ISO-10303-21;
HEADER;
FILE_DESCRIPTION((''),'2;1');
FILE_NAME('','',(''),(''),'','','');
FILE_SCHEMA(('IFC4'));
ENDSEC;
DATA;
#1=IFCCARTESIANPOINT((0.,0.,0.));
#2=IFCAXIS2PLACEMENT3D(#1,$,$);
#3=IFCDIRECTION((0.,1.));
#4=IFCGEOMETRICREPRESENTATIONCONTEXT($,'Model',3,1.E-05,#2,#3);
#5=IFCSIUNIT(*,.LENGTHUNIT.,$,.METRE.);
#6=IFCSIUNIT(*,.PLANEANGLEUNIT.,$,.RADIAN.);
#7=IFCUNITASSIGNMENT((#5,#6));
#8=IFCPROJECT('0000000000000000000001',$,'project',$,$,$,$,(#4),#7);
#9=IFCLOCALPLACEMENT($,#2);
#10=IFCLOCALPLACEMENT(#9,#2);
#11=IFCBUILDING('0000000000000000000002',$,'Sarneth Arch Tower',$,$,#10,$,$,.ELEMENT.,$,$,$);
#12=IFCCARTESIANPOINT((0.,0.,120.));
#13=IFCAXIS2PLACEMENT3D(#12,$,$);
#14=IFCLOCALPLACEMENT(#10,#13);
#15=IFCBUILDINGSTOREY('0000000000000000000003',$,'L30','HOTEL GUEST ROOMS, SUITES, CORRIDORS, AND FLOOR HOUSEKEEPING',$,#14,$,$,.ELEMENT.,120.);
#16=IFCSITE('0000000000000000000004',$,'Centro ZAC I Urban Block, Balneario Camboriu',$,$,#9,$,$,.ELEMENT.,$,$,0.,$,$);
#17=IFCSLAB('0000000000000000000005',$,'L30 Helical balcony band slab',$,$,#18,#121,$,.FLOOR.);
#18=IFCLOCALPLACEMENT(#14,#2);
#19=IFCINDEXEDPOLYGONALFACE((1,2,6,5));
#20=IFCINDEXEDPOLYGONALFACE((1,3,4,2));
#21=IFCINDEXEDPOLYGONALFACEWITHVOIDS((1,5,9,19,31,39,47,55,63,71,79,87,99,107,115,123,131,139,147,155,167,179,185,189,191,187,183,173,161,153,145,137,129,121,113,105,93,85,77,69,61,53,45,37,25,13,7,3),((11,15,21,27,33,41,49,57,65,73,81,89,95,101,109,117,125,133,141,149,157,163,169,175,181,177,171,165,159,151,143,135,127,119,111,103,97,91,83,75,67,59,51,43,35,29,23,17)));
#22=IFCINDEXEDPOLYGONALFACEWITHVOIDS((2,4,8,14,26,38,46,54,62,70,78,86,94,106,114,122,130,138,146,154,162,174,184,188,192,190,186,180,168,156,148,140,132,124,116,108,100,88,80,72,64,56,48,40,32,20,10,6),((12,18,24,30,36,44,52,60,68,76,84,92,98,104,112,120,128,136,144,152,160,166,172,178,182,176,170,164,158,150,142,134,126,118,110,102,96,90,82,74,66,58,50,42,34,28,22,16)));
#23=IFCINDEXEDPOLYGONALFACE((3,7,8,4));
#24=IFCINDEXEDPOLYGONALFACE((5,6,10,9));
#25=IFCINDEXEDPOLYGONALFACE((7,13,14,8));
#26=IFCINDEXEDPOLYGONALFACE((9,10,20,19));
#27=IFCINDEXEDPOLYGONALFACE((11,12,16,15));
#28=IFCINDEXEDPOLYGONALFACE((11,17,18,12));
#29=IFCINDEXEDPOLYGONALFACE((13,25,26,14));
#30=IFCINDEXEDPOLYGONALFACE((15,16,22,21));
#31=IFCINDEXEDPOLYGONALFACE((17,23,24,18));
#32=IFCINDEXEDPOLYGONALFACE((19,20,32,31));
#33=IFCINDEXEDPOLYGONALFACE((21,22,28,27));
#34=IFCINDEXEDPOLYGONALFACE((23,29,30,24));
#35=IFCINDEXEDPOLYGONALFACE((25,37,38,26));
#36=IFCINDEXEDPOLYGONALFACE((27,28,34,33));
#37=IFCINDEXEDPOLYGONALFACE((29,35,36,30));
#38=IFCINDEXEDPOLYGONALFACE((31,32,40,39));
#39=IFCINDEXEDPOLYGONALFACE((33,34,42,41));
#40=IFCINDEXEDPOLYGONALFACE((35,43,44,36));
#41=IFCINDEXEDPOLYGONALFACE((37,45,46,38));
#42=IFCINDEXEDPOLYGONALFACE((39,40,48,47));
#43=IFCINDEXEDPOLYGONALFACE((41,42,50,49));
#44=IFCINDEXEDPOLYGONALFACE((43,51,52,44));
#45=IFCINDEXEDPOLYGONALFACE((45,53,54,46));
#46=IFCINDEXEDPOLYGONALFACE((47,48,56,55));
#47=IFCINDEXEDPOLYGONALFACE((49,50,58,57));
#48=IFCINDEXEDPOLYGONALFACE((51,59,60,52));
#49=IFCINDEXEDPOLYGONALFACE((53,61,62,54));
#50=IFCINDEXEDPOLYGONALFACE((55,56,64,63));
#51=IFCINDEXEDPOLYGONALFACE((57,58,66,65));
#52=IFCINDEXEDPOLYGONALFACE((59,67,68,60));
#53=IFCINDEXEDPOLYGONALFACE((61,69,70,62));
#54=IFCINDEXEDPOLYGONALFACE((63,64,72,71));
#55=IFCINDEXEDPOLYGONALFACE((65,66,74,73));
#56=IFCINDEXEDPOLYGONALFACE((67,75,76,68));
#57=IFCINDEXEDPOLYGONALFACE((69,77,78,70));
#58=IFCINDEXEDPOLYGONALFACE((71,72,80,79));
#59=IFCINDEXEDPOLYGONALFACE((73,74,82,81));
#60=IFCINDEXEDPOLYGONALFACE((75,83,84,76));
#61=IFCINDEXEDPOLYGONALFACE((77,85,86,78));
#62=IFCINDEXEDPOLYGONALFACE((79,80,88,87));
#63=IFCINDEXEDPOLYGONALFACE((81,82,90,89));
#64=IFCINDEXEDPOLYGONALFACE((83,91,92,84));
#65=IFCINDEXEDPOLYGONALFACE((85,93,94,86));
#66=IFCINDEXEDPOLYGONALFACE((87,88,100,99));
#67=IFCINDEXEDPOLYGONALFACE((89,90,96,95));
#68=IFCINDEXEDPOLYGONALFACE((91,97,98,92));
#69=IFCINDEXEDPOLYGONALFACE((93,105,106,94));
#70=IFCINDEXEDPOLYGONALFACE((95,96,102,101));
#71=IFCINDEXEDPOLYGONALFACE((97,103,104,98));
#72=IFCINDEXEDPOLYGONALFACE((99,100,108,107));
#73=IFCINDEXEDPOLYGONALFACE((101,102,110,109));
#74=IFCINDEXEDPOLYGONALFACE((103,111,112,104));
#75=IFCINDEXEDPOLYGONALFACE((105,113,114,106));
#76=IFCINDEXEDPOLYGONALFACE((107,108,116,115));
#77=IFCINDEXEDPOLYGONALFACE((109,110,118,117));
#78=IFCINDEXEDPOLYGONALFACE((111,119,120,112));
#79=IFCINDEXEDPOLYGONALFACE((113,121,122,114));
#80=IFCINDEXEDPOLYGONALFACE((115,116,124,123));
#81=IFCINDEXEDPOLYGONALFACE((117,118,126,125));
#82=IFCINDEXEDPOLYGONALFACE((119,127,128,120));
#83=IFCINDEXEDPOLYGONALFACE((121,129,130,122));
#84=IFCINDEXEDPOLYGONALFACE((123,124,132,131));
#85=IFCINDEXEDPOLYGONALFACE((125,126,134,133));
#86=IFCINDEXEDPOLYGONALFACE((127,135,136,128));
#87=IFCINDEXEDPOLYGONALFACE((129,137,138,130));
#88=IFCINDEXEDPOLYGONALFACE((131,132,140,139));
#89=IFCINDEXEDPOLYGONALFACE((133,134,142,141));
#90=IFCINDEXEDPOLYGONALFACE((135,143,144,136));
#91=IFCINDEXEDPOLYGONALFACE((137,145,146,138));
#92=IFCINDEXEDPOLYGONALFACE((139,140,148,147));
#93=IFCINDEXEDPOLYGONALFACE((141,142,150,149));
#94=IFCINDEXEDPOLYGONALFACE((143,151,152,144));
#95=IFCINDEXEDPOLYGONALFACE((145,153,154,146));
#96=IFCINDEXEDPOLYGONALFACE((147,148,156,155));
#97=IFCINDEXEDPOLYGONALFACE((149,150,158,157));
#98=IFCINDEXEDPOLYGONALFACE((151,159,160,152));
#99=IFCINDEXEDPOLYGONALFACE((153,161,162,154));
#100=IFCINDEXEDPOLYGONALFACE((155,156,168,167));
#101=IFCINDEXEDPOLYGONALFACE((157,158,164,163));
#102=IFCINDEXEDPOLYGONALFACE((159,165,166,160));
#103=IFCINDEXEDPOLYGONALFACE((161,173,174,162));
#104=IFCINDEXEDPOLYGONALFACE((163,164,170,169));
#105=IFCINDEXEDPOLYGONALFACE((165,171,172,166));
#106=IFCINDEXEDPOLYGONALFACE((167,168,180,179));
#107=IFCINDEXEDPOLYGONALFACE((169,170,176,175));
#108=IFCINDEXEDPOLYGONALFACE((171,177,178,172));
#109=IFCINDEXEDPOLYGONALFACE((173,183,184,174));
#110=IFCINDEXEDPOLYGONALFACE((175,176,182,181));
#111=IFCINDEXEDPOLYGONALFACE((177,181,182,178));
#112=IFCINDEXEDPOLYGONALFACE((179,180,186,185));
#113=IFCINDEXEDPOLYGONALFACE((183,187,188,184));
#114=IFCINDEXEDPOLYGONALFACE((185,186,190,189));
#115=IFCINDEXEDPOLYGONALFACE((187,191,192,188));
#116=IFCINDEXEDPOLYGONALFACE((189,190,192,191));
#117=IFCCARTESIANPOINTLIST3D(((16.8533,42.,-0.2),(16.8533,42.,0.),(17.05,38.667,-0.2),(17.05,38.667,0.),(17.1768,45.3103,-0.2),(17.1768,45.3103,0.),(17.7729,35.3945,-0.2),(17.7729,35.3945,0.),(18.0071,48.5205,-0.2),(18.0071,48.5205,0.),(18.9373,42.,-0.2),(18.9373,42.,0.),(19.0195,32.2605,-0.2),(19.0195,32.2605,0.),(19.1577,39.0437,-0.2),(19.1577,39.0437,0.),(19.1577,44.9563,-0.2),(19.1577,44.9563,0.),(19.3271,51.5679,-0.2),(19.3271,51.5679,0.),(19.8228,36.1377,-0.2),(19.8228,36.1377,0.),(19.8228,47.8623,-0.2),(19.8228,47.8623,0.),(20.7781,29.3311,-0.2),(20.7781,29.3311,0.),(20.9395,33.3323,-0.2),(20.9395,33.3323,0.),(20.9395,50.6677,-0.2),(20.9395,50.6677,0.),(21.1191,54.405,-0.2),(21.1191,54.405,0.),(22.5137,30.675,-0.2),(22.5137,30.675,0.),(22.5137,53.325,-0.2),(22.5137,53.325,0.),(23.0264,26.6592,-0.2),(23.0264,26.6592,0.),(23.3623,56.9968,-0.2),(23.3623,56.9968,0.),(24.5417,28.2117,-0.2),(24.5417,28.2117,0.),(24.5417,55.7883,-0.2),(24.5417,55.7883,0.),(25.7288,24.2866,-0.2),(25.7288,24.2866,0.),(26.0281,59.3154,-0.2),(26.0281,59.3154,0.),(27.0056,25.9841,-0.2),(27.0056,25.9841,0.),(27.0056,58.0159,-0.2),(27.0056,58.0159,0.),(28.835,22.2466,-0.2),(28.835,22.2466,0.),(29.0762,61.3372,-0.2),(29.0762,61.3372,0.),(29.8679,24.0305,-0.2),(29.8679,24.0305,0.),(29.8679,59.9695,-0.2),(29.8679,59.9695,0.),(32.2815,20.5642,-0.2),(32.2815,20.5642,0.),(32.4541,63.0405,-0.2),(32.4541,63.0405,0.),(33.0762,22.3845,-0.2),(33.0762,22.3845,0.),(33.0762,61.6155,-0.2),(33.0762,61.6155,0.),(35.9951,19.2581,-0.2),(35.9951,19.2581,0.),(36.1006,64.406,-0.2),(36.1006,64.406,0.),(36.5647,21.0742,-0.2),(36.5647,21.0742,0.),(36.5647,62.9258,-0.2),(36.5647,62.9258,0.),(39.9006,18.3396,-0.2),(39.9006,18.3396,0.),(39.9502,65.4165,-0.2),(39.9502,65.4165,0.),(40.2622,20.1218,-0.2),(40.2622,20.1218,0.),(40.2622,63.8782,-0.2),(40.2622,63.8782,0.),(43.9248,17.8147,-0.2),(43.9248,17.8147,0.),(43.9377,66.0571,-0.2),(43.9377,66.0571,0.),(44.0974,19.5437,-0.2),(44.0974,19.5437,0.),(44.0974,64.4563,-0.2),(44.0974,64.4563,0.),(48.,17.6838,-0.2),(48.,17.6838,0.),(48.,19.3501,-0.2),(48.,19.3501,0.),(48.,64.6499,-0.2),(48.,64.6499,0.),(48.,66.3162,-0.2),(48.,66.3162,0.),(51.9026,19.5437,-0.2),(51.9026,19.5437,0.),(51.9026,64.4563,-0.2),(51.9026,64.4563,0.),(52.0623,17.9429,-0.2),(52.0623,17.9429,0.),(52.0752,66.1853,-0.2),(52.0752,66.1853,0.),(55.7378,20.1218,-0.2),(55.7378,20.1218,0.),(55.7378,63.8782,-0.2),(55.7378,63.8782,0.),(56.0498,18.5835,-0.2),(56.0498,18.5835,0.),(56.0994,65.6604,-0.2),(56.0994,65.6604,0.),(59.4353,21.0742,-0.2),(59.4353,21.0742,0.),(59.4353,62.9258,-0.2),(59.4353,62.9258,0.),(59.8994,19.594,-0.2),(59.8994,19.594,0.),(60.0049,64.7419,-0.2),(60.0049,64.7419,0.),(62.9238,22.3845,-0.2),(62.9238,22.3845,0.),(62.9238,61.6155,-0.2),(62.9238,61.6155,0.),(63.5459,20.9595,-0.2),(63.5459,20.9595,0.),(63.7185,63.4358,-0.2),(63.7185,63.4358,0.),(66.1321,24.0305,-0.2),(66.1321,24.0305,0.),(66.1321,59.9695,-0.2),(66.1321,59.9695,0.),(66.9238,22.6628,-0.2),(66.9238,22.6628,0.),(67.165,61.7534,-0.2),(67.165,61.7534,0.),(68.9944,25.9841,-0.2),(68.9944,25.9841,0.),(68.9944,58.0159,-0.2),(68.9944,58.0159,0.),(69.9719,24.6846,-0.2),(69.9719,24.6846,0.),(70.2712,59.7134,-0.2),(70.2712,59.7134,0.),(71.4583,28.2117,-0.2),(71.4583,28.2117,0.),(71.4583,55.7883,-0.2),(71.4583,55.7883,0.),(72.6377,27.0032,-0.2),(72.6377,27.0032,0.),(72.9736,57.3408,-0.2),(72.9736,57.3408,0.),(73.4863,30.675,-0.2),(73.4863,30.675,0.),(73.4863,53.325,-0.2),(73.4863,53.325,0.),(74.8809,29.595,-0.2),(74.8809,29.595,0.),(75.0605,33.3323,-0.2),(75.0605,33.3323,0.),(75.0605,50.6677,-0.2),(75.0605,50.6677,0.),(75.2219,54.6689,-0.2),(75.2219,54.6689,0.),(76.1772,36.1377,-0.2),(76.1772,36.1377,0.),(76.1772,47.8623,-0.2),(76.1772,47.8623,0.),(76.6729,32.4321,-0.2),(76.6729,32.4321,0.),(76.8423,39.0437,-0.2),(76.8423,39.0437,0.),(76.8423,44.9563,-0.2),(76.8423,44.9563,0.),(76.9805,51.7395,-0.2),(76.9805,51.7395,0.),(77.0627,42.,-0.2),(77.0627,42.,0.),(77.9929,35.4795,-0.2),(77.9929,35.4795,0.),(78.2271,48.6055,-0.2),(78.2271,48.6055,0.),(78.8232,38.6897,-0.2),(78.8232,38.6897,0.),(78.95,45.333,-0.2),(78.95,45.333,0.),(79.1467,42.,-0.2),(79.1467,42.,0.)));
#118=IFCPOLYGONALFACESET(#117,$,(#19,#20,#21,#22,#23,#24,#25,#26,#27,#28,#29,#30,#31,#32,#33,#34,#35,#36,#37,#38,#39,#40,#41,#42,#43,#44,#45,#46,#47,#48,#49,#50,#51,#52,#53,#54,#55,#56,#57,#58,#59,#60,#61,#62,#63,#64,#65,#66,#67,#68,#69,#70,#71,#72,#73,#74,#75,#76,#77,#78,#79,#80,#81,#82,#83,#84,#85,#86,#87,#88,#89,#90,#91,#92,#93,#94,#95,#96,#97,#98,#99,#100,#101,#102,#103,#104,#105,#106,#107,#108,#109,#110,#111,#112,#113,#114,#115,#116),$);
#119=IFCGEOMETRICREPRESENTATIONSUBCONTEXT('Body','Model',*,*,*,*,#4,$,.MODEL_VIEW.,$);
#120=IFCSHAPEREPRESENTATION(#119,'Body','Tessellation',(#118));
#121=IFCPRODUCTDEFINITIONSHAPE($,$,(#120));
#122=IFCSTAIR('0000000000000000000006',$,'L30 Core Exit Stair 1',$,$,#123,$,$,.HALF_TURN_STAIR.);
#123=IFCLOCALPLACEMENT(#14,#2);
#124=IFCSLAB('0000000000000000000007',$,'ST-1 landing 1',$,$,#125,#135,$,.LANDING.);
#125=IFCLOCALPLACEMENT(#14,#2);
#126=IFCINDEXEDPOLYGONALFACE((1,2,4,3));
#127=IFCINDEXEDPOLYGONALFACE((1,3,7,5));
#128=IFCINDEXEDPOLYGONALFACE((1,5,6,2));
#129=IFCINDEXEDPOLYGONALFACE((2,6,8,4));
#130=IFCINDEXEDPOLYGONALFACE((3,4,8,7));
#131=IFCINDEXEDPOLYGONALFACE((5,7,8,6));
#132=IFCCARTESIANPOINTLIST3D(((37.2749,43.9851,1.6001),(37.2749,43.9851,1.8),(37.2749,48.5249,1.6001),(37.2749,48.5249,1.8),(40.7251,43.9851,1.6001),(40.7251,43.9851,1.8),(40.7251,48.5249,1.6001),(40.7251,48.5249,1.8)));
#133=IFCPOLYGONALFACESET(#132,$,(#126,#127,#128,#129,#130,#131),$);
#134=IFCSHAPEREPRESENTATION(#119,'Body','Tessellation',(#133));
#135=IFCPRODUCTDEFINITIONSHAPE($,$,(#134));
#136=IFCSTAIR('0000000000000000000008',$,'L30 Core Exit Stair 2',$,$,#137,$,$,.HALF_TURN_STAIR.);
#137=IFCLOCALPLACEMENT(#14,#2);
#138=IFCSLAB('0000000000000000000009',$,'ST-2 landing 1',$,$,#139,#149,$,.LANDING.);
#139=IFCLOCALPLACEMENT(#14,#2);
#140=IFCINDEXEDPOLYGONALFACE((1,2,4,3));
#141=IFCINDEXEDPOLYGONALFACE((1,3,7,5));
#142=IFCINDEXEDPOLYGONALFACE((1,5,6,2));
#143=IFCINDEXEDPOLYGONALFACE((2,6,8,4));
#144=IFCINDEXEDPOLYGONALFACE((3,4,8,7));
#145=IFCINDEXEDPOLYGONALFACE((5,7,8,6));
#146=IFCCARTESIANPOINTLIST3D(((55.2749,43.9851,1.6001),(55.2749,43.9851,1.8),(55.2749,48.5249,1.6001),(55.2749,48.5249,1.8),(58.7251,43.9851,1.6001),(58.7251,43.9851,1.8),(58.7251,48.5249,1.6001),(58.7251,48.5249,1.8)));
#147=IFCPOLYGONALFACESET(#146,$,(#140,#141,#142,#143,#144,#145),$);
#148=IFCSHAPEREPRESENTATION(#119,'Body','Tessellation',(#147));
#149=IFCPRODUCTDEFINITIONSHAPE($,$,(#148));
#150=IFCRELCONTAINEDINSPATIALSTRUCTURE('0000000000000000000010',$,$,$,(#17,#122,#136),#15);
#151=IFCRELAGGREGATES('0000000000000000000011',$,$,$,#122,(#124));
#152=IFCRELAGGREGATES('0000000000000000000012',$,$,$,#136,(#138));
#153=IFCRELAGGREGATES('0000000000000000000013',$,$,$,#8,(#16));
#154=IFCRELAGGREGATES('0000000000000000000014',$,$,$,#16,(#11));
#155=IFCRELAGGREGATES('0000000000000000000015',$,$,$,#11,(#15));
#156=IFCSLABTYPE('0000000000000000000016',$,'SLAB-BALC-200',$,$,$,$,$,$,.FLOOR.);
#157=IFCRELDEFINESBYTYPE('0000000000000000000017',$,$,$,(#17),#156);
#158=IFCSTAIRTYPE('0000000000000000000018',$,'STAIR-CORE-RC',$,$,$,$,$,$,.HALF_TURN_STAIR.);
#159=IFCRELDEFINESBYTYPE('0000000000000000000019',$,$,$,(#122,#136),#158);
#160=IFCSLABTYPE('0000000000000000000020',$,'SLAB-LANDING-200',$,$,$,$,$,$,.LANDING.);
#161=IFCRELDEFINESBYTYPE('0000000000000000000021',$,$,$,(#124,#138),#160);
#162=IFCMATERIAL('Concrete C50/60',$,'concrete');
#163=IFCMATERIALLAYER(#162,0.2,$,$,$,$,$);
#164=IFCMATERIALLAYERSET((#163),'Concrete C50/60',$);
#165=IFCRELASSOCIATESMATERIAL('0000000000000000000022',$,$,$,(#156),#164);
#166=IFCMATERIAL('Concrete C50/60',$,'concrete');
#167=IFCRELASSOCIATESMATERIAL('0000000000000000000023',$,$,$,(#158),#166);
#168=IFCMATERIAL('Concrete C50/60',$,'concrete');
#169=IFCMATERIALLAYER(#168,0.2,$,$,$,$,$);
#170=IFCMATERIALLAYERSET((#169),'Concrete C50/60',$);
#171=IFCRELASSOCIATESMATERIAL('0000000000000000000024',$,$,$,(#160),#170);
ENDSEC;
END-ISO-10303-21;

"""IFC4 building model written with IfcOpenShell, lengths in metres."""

from ifc_helpers import new_model, si_unit, direction, frame, origin, place, context, subcontext, project, spatial, polyline, outline, extrude, material, layer, layer_set, type_object, element, aggregate, save


model = new_model("IFC4")

# Units and contexts
model_context = context("Model", 3, precision=1e-05, world=origin(), true_north=direction((0.0, 1.0)))
body_context = subcontext(model_context, "Body", "Model", "MODEL_VIEW")
ifc_project = project(units=[si_unit("LENGTHUNIT", "METRE"), si_unit("PLANEANGLEUNIT", "RADIAN")], contexts=[model_context])

# Site, building, storey
site_placement = place(None, origin())
site = spatial("IfcSite", under=ifc_project, at=site_placement, Name="Centro ZAC I Urban Block, Balneario Camboriu", CompositionType="ELEMENT", RefElevation=0.0)
building_placement = place(site_placement, origin())
building = spatial("IfcBuilding", under=site, at=building_placement, Name="Sarneth Arch Tower", CompositionType="ELEMENT")
storey_placement = place(building_placement, frame((0.0, 0.0, 120.0)))
storey = spatial("IfcBuildingStorey", under=building, at=storey_placement, Name="L30", Description="HOTEL GUEST ROOMS, SUITES, CORRIDORS, AND FLOOR HOUSEKEEPING", CompositionType="ELEMENT", Elevation=120.0)

# Slab
ifc_material_1 = material(Name="Concrete C50/60", Category="concrete")
ifc_layer_1 = layer(ifc_material_1, 0.2)
ifc_layer_set_1 = layer_set([ifc_layer_1], Name="Concrete C50/60")
slab_type_1 = type_object("IfcSlabType", Name="SLAB-BALC-200", PredefinedType="FLOOR", material=ifc_layer_set_1)
slab_1_placement = place(storey_placement, frame((0.0, 0.0, -0.2)))
element("IfcSlab", 1, at=slab_1_placement, inside=storey, type_object=slab_type_1, Name="L30 Helical balcony band slab", PredefinedType="FLOOR", context=body_context, shape_type="SweptSolid", body=[
    extrude(outline(polyline([(79.1467, 42.0), (78.95, 45.333), (78.2271, 48.6055), (76.9805, 51.7395), (75.2219, 54.6689), (72.9736, 57.3408), (70.2712, 59.7134), (67.165, 61.7534), (63.7185, 63.4358), (60.0049, 64.7419), (56.0994, 65.6604), (52.0752, 66.1853), (48.0, 66.3162), (43.9377, 66.0571), (39.9502, 65.4165), (36.1006, 64.406), (32.4541, 63.0405), (29.0762, 61.3372), (26.0281, 59.3154), (23.3623, 56.9968), (21.1191, 54.405), (19.3271, 51.5679), (18.0071, 48.5205), (17.1768, 45.3103), (16.8533, 42.0), (17.05, 38.667), (17.7729, 35.3945), (19.0195, 32.2605), (20.7781, 29.3311), (23.0264, 26.6592), (25.7288, 24.2866), (28.835, 22.2466), (32.2815, 20.5642), (35.9951, 19.2581), (39.9006, 18.3396), (43.9248, 17.8147), (48.0, 17.6838), (52.0623, 17.9429), (56.0498, 18.5835), (59.8994, 19.594), (63.5459, 20.9595), (66.9238, 22.6628), (69.9719, 24.6846), (72.6377, 27.0032), (74.8809, 29.595), (76.6729, 32.4321), (77.9929, 35.4795), (78.8232, 38.6897), (79.1467, 42.0)]), holes=[polyline([(77.0627, 42.0), (76.8423, 44.9563), (76.1772, 47.8623), (75.0605, 50.6677), (73.4863, 53.325), (71.4583, 55.7883), (68.9944, 58.0159), (66.1321, 59.9695), (62.9238, 61.6155), (59.4353, 62.9258), (55.7378, 63.8782), (51.9026, 64.4563), (48.0, 64.6499), (44.0974, 64.4563), (40.2622, 63.8782), (36.5647, 62.9258), (33.0762, 61.6155), (29.8679, 59.9695), (27.0056, 58.0159), (24.5417, 55.7883), (22.5137, 53.325), (20.9395, 50.6677), (19.8228, 47.8623), (19.1577, 44.9563), (18.9373, 42.0), (19.1577, 39.0437), (19.8228, 36.1377), (20.9395, 33.3323), (22.5137, 30.675), (24.5417, 28.2117), (27.0056, 25.9841), (29.8679, 24.0305), (33.0762, 22.3845), (36.5647, 21.0742), (40.2622, 20.1218), (44.0974, 19.5437), (48.0, 19.3501), (51.9026, 19.5437), (55.7378, 20.1218), (59.4353, 21.0742), (62.9238, 22.3845), (66.1321, 24.0305), (68.9944, 25.9841), (71.4583, 28.2117), (73.4863, 30.675), (75.0605, 33.3323), (76.1772, 36.1377), (76.8423, 39.0437), (77.0627, 42.0)])]), origin(), (0.0, 0.0, 1.0), 0.2),
])

# Stairs, slabs
ifc_material_2 = material(Name="Concrete C50/60", Category="concrete")
stair_type = type_object("IfcStairType", Name="STAIR-CORE-RC", PredefinedType="HALF_TURN_STAIR", material=ifc_material_2)
stair_1_placement = place(storey_placement, origin())
stair_1 = element("IfcStair", 2, at=stair_1_placement, inside=storey, type_object=stair_type, Name="L30 Core Exit Stair 1", PredefinedType="HALF_TURN_STAIR")
ifc_material_3 = material(Name="Concrete C50/60", Category="concrete")
ifc_layer_2 = layer(ifc_material_3, 0.2)
ifc_layer_set_2 = layer_set([ifc_layer_2], Name="Concrete C50/60")
slab_type_2 = type_object("IfcSlabType", Name="SLAB-LANDING-200", PredefinedType="LANDING", material=ifc_layer_set_2)
slab_2_placement = place(storey_placement, frame((0.0, 0.0, 1.6001)))
slab_2 = element("IfcSlab", 3, at=slab_2_placement, type_object=slab_type_2, Name="ST-1 landing 1", PredefinedType="LANDING", context=body_context, shape_type="SweptSolid", body=[
    extrude(outline(polyline([(37.2749, 43.9851), (40.7251, 43.9851), (40.7251, 48.5249), (37.2749, 48.5249), (37.2749, 43.9851)])), origin(), (0.0, 0.0, 1.0), 0.2),
])
aggregate(stair_1, [slab_2])
stair_2_placement = place(storey_placement, origin())
stair_2 = element("IfcStair", 4, at=stair_2_placement, inside=storey, type_object=stair_type, Name="L30 Core Exit Stair 2", PredefinedType="HALF_TURN_STAIR")
slab_3_placement = place(storey_placement, frame((0.0, 0.0, 1.6001)))
slab_3 = element("IfcSlab", 5, at=slab_3_placement, type_object=slab_type_2, Name="ST-2 landing 1", PredefinedType="LANDING", context=body_context, shape_type="SweptSolid", body=[
    extrude(outline(polyline([(55.2749, 43.9851), (58.7251, 43.9851), (58.7251, 48.5249), (55.2749, 48.5249), (55.2749, 43.9851)])), origin(), (0.0, 0.0, 1.0), 0.2),
])
aggregate(stair_2, [slab_3])

save(model, "model.ifc")
